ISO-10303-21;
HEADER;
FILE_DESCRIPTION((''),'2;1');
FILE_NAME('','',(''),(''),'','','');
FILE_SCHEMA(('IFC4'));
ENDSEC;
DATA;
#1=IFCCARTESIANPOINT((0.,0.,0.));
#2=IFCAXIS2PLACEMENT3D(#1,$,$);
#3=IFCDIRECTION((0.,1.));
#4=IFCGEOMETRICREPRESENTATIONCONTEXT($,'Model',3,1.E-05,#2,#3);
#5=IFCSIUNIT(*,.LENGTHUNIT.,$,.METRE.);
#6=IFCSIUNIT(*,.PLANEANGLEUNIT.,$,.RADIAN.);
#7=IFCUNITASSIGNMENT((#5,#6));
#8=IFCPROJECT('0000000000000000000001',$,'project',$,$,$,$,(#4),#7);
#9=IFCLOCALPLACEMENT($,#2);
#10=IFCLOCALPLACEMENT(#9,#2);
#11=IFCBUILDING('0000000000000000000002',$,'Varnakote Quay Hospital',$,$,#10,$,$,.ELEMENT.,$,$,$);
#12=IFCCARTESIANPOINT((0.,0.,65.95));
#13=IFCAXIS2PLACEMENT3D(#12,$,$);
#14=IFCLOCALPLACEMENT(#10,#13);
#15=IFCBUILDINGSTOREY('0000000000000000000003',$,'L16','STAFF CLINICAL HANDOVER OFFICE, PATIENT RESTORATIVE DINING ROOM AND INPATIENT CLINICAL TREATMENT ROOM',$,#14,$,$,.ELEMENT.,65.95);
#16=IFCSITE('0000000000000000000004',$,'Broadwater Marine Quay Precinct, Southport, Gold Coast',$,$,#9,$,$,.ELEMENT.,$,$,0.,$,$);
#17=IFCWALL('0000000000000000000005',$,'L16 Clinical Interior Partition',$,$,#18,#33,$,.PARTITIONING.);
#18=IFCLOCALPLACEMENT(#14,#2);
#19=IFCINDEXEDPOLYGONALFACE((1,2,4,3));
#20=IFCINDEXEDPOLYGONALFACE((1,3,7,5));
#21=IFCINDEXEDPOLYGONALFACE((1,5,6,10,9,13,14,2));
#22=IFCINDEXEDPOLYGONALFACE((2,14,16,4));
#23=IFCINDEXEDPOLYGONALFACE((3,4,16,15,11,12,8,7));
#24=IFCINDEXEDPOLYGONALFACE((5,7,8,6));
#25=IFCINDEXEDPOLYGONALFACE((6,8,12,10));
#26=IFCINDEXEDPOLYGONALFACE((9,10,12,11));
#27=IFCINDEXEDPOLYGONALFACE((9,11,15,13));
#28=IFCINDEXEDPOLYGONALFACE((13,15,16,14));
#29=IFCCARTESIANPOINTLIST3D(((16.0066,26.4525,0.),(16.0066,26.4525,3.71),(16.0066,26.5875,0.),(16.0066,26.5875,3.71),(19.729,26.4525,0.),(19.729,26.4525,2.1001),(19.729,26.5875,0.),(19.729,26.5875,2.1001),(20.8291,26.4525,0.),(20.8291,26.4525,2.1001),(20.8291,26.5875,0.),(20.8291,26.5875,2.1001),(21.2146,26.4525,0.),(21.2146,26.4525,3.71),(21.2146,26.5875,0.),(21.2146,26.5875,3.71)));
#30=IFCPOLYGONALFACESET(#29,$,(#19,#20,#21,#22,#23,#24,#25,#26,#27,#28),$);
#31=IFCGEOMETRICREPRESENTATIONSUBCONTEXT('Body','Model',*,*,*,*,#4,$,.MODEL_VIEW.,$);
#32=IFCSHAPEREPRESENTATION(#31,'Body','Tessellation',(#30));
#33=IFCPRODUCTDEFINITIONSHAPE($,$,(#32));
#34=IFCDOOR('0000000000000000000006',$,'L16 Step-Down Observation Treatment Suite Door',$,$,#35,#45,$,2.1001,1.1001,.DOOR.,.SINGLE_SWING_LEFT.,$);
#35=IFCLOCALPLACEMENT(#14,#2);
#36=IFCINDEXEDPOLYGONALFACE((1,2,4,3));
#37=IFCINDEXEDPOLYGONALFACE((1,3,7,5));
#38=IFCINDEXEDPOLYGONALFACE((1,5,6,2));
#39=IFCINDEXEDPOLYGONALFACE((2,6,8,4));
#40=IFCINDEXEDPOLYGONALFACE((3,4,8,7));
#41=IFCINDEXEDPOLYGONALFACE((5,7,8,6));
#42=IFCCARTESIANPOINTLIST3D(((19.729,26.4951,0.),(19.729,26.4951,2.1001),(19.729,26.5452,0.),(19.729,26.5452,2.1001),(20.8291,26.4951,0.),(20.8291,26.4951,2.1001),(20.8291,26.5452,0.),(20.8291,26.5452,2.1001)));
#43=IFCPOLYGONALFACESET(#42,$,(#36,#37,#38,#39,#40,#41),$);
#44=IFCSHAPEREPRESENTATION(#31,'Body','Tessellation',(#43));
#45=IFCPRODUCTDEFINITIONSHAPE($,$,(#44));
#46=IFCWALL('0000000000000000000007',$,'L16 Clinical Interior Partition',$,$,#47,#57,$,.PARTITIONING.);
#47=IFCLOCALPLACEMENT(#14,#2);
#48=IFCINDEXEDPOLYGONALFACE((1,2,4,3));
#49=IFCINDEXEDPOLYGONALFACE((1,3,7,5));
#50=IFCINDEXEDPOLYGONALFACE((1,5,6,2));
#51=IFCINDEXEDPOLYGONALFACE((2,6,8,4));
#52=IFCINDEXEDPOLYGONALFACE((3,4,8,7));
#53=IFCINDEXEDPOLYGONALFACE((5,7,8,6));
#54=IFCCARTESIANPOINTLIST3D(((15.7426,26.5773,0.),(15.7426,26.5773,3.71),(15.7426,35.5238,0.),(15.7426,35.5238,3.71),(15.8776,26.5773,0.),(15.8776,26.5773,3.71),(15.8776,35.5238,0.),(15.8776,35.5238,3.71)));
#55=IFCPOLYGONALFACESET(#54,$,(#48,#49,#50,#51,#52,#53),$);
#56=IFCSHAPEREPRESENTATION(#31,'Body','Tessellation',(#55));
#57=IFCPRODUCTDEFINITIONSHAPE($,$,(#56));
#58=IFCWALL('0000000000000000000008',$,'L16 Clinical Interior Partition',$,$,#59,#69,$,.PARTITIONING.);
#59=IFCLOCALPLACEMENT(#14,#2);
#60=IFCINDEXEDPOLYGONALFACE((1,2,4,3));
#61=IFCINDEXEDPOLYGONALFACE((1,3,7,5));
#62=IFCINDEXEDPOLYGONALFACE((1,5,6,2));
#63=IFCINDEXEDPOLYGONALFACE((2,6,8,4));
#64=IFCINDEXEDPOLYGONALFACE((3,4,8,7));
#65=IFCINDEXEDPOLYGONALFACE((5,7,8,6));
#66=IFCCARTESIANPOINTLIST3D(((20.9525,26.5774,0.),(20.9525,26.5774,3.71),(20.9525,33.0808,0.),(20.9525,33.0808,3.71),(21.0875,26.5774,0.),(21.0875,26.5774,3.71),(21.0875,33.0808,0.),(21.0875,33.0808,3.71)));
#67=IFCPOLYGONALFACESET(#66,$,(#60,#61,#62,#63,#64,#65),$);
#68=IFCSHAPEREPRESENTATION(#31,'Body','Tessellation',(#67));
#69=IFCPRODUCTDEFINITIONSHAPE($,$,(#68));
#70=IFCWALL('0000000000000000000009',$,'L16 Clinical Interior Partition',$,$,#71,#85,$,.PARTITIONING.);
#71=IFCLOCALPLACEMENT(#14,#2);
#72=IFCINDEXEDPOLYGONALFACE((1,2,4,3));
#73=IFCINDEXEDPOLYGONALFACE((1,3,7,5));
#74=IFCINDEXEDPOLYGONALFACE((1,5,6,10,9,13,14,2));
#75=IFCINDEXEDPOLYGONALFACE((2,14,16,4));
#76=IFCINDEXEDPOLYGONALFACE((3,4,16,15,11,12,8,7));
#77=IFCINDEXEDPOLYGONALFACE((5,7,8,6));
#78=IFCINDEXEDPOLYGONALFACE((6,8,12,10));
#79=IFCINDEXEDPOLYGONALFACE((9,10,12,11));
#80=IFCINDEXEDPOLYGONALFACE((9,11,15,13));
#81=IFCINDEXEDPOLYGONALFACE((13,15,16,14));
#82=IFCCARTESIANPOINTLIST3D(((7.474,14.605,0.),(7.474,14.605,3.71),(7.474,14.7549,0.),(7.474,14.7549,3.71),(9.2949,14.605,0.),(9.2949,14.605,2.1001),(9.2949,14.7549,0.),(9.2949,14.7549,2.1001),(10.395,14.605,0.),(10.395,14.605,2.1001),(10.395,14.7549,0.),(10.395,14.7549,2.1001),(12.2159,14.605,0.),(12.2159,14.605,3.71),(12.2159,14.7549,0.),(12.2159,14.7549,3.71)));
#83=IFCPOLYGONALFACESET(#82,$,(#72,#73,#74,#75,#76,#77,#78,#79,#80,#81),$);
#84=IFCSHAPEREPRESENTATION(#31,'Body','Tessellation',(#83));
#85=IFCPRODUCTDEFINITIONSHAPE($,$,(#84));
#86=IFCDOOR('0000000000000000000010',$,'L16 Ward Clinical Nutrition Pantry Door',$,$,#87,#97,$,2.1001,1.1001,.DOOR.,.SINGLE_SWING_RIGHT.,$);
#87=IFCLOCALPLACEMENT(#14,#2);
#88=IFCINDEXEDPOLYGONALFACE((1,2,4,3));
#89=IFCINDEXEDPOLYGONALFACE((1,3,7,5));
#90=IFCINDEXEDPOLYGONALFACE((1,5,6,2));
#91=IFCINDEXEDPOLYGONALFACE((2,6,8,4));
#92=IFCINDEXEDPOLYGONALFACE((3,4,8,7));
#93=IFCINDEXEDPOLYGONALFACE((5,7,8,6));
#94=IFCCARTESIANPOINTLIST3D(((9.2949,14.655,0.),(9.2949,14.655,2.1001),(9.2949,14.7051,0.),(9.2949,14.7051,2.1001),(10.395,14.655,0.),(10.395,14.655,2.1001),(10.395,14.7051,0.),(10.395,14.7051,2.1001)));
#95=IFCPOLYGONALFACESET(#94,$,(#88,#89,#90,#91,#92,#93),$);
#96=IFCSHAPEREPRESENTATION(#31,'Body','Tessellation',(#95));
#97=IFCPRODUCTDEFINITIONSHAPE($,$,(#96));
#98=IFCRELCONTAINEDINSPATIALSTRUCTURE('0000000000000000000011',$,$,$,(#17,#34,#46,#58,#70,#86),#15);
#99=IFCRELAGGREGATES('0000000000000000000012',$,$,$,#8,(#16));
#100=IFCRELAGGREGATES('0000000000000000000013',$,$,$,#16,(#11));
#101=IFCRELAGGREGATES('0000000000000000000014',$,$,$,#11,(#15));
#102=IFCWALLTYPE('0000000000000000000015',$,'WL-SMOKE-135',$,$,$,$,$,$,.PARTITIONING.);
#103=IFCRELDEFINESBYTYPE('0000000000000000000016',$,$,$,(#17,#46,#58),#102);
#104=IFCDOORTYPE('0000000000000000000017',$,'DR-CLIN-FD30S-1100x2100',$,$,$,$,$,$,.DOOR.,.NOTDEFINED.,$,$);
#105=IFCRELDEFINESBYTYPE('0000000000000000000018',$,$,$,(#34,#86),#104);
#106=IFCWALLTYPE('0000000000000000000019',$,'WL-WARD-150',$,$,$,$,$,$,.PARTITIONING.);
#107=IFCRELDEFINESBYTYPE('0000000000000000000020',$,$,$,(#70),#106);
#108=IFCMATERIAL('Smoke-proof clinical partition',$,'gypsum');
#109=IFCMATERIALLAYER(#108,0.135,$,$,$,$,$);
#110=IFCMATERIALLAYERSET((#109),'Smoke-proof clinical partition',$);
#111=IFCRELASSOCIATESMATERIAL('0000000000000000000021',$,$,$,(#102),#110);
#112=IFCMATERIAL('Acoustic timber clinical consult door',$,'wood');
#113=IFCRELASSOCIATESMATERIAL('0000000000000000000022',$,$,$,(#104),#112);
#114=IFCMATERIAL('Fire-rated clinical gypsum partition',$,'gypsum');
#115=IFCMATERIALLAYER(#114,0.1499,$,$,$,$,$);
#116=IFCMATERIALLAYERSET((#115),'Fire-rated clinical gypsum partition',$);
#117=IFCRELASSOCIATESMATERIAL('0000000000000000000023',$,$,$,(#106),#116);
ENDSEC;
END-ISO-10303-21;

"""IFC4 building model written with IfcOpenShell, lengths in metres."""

from ifc_helpers import new_model, si_unit, direction, frame, frame_2d, origin, place, context, subcontext, project, spatial, rectangle, extrude, material, layer, layer_set, type_object, element, fill, save


model = new_model("IFC4")

# Units and contexts
model_context = context("Model", 3, precision=1e-05, world=origin(), true_north=direction((0.0, 1.0)))
body_context = subcontext(model_context, "Body", "Model", "MODEL_VIEW")
ifc_project = project(units=[si_unit("LENGTHUNIT", "METRE"), si_unit("PLANEANGLEUNIT", "RADIAN")], contexts=[model_context])

# Site, building, storey
site_placement = place(None, origin())
site = spatial("IfcSite", under=ifc_project, at=site_placement, Name="Broadwater Marine Quay Precinct, Southport, Gold Coast", CompositionType="ELEMENT", RefElevation=0.0)
building_placement = place(site_placement, origin())
building = spatial("IfcBuilding", under=site, at=building_placement, Name="Varnakote Quay Hospital", CompositionType="ELEMENT")
storey_placement = place(building_placement, frame((0.0, 0.0, 65.95)))
storey = spatial("IfcBuildingStorey", under=building, at=storey_placement, Name="L16", Description="STAFF CLINICAL HANDOVER OFFICE, PATIENT RESTORATIVE DINING ROOM AND INPATIENT CLINICAL TREATMENT ROOM", CompositionType="ELEMENT", Elevation=65.95)

# Wall, opening, door
ifc_material_1 = material(Name="Smoke-proof clinical partition", Category="gypsum")
ifc_layer_1 = layer(ifc_material_1, 0.135)
ifc_layer_set_1 = layer_set([ifc_layer_1], Name="Smoke-proof clinical partition")
wall_type_1 = type_object("IfcWallType", Name="WL-SMOKE-135", PredefinedType="PARTITIONING", material=ifc_layer_set_1)
ifc_material_2 = material(Name="Acoustic timber clinical consult door", Category="wood")
door_type_1 = type_object("IfcDoorType", Name="DR-CLIN-FD30S-1100x2100", OperationType="NOTDEFINED", PredefinedType="DOOR", material=ifc_material_2)
wall_1_placement = place(storey_placement, frame((21.2146, 26.52, 0.0), z_axis=(0.0, 0.0, 1.0), x_axis=(-1.0, 0.0, 0.0)))
wall_1 = element("IfcWall", 1, at=wall_1_placement, inside=storey, type_object=wall_type_1, Name="L16 Clinical Interior Partition", PredefinedType="PARTITIONING", context=body_context, shape_type="SweptSolid", body=[
    extrude(rectangle(XDim=5.208, YDim=0.135, at=frame_2d((2.604, 0.0))), origin(), (0.0, 0.0, 1.0), 3.71),
])
opening_1_placement = place(wall_1_placement, frame((0.3855, 0.0, 0.0)))
opening_1 = element("IfcOpeningElement", 2, at=opening_1_placement, cuts=wall_1, PredefinedType="OPENING", context=body_context, shape_type="SweptSolid", body=[
    extrude(rectangle(XDim=1.1001, YDim=2.1001, at=frame_2d((0.55, 1.05))), frame((0.0, 0.0774, 0.0), z_axis=(0.0, -1.0, 0.0), x_axis=(1.0, 0.0, 0.0)), (0.0, 0.0, 1.0), 0.155),
])
door_1_placement = place(opening_1_placement, origin())
door_1 = element("IfcDoor", 3, at=door_1_placement, inside=storey, type_object=door_type_1, Name="L16 Step-Down Observation Treatment Suite Door", OperationType="SINGLE_SWING_LEFT", OverallHeight=2.1001, OverallWidth=1.1001, PredefinedType="DOOR", context=body_context, shape_type="SweptSolid", body=[
    extrude(rectangle(XDim=1.1001, YDim=2.1001, at=frame_2d((0.55, 1.05))), frame((0.0, 0.0249, 0.0), z_axis=(0.0, -1.0, 0.0), x_axis=(1.0, 0.0, 0.0)), (0.0, 0.0, 1.0), 0.05),
])
fill(opening_1, door_1)

# Walls
wall_2_placement = place(storey_placement, frame((15.8101, 26.5774, 0.0), z_axis=(0.0, 0.0, 1.0), x_axis=(0.0, 1.0, 0.0)))
element("IfcWall", 4, at=wall_2_placement, inside=storey, type_object=wall_type_1, Name="L16 Clinical Interior Partition", PredefinedType="PARTITIONING", context=body_context, shape_type="SweptSolid", body=[
    extrude(rectangle(XDim=8.9465, YDim=0.135, at=frame_2d((4.4731, 0.0))), origin(), (0.0, 0.0, 1.0), 3.71),
])
wall_3_placement = place(storey_placement, frame((21.02, 26.5774, 0.0), z_axis=(0.0, 0.0, 1.0), x_axis=(0.0, 1.0, 0.0)))
element("IfcWall", 5, at=wall_3_placement, inside=storey, type_object=wall_type_1, Name="L16 Clinical Interior Partition", PredefinedType="PARTITIONING", context=body_context, shape_type="SweptSolid", body=[
    extrude(rectangle(XDim=6.5034, YDim=0.135, at=frame_2d((3.2517, 0.0))), origin(), (0.0, 0.0, 1.0), 3.71),
])

# Wall, opening, door
ifc_material_3 = material(Name="Fire-rated clinical gypsum partition", Category="gypsum")
ifc_layer_2 = layer(ifc_material_3, 0.1499)
ifc_layer_set_2 = layer_set([ifc_layer_2], Name="Fire-rated clinical gypsum partition")
wall_type_2 = type_object("IfcWallType", Name="WL-WARD-150", PredefinedType="PARTITIONING", material=ifc_layer_set_2)
wall_4_placement = place(storey_placement, frame((12.2161, 14.6799, 0.0), z_axis=(0.0, 0.0, 1.0), x_axis=(-1.0, 0.0, 0.0)))
wall_4 = element("IfcWall", 6, at=wall_4_placement, inside=storey, type_object=wall_type_2, Name="L16 Clinical Interior Partition", PredefinedType="PARTITIONING", context=body_context, shape_type="SweptSolid", body=[
    extrude(rectangle(XDim=4.7419, YDim=0.1499, at=frame_2d((2.3711, 0.0))), origin(), (0.0, 0.0, 1.0), 3.71),
])
opening_2_placement = place(wall_4_placement, frame((1.821, 0.0, 0.0)))
opening_2 = element("IfcOpeningElement", 7, at=opening_2_placement, cuts=wall_4, PredefinedType="OPENING", context=body_context, shape_type="SweptSolid", body=[
    extrude(rectangle(XDim=1.1001, YDim=2.1001, at=frame_2d((0.55, 1.05))), frame((0.0, 0.085, 0.0), z_axis=(0.0, -1.0, 0.0), x_axis=(1.0, 0.0, 0.0)), (0.0, 0.0, 1.0), 0.1699),
])
door_2_placement = place(opening_2_placement, origin())
door_2 = element("IfcDoor", 8, at=door_2_placement, inside=storey, type_object=door_type_1, Name="L16 Ward Clinical Nutrition Pantry Door", OperationType="SINGLE_SWING_RIGHT", OverallHeight=2.1001, OverallWidth=1.1001, PredefinedType="DOOR", context=body_context, shape_type="SweptSolid", body=[
    extrude(rectangle(XDim=1.1001, YDim=2.1001, at=frame_2d((0.55, 1.05))), frame((0.0, 0.0249, 0.0), z_axis=(0.0, -1.0, 0.0), x_axis=(1.0, 0.0, 0.0)), (0.0, 0.0, 1.0), 0.05),
])
fill(opening_2, door_2)

save(model, "model.ifc")
